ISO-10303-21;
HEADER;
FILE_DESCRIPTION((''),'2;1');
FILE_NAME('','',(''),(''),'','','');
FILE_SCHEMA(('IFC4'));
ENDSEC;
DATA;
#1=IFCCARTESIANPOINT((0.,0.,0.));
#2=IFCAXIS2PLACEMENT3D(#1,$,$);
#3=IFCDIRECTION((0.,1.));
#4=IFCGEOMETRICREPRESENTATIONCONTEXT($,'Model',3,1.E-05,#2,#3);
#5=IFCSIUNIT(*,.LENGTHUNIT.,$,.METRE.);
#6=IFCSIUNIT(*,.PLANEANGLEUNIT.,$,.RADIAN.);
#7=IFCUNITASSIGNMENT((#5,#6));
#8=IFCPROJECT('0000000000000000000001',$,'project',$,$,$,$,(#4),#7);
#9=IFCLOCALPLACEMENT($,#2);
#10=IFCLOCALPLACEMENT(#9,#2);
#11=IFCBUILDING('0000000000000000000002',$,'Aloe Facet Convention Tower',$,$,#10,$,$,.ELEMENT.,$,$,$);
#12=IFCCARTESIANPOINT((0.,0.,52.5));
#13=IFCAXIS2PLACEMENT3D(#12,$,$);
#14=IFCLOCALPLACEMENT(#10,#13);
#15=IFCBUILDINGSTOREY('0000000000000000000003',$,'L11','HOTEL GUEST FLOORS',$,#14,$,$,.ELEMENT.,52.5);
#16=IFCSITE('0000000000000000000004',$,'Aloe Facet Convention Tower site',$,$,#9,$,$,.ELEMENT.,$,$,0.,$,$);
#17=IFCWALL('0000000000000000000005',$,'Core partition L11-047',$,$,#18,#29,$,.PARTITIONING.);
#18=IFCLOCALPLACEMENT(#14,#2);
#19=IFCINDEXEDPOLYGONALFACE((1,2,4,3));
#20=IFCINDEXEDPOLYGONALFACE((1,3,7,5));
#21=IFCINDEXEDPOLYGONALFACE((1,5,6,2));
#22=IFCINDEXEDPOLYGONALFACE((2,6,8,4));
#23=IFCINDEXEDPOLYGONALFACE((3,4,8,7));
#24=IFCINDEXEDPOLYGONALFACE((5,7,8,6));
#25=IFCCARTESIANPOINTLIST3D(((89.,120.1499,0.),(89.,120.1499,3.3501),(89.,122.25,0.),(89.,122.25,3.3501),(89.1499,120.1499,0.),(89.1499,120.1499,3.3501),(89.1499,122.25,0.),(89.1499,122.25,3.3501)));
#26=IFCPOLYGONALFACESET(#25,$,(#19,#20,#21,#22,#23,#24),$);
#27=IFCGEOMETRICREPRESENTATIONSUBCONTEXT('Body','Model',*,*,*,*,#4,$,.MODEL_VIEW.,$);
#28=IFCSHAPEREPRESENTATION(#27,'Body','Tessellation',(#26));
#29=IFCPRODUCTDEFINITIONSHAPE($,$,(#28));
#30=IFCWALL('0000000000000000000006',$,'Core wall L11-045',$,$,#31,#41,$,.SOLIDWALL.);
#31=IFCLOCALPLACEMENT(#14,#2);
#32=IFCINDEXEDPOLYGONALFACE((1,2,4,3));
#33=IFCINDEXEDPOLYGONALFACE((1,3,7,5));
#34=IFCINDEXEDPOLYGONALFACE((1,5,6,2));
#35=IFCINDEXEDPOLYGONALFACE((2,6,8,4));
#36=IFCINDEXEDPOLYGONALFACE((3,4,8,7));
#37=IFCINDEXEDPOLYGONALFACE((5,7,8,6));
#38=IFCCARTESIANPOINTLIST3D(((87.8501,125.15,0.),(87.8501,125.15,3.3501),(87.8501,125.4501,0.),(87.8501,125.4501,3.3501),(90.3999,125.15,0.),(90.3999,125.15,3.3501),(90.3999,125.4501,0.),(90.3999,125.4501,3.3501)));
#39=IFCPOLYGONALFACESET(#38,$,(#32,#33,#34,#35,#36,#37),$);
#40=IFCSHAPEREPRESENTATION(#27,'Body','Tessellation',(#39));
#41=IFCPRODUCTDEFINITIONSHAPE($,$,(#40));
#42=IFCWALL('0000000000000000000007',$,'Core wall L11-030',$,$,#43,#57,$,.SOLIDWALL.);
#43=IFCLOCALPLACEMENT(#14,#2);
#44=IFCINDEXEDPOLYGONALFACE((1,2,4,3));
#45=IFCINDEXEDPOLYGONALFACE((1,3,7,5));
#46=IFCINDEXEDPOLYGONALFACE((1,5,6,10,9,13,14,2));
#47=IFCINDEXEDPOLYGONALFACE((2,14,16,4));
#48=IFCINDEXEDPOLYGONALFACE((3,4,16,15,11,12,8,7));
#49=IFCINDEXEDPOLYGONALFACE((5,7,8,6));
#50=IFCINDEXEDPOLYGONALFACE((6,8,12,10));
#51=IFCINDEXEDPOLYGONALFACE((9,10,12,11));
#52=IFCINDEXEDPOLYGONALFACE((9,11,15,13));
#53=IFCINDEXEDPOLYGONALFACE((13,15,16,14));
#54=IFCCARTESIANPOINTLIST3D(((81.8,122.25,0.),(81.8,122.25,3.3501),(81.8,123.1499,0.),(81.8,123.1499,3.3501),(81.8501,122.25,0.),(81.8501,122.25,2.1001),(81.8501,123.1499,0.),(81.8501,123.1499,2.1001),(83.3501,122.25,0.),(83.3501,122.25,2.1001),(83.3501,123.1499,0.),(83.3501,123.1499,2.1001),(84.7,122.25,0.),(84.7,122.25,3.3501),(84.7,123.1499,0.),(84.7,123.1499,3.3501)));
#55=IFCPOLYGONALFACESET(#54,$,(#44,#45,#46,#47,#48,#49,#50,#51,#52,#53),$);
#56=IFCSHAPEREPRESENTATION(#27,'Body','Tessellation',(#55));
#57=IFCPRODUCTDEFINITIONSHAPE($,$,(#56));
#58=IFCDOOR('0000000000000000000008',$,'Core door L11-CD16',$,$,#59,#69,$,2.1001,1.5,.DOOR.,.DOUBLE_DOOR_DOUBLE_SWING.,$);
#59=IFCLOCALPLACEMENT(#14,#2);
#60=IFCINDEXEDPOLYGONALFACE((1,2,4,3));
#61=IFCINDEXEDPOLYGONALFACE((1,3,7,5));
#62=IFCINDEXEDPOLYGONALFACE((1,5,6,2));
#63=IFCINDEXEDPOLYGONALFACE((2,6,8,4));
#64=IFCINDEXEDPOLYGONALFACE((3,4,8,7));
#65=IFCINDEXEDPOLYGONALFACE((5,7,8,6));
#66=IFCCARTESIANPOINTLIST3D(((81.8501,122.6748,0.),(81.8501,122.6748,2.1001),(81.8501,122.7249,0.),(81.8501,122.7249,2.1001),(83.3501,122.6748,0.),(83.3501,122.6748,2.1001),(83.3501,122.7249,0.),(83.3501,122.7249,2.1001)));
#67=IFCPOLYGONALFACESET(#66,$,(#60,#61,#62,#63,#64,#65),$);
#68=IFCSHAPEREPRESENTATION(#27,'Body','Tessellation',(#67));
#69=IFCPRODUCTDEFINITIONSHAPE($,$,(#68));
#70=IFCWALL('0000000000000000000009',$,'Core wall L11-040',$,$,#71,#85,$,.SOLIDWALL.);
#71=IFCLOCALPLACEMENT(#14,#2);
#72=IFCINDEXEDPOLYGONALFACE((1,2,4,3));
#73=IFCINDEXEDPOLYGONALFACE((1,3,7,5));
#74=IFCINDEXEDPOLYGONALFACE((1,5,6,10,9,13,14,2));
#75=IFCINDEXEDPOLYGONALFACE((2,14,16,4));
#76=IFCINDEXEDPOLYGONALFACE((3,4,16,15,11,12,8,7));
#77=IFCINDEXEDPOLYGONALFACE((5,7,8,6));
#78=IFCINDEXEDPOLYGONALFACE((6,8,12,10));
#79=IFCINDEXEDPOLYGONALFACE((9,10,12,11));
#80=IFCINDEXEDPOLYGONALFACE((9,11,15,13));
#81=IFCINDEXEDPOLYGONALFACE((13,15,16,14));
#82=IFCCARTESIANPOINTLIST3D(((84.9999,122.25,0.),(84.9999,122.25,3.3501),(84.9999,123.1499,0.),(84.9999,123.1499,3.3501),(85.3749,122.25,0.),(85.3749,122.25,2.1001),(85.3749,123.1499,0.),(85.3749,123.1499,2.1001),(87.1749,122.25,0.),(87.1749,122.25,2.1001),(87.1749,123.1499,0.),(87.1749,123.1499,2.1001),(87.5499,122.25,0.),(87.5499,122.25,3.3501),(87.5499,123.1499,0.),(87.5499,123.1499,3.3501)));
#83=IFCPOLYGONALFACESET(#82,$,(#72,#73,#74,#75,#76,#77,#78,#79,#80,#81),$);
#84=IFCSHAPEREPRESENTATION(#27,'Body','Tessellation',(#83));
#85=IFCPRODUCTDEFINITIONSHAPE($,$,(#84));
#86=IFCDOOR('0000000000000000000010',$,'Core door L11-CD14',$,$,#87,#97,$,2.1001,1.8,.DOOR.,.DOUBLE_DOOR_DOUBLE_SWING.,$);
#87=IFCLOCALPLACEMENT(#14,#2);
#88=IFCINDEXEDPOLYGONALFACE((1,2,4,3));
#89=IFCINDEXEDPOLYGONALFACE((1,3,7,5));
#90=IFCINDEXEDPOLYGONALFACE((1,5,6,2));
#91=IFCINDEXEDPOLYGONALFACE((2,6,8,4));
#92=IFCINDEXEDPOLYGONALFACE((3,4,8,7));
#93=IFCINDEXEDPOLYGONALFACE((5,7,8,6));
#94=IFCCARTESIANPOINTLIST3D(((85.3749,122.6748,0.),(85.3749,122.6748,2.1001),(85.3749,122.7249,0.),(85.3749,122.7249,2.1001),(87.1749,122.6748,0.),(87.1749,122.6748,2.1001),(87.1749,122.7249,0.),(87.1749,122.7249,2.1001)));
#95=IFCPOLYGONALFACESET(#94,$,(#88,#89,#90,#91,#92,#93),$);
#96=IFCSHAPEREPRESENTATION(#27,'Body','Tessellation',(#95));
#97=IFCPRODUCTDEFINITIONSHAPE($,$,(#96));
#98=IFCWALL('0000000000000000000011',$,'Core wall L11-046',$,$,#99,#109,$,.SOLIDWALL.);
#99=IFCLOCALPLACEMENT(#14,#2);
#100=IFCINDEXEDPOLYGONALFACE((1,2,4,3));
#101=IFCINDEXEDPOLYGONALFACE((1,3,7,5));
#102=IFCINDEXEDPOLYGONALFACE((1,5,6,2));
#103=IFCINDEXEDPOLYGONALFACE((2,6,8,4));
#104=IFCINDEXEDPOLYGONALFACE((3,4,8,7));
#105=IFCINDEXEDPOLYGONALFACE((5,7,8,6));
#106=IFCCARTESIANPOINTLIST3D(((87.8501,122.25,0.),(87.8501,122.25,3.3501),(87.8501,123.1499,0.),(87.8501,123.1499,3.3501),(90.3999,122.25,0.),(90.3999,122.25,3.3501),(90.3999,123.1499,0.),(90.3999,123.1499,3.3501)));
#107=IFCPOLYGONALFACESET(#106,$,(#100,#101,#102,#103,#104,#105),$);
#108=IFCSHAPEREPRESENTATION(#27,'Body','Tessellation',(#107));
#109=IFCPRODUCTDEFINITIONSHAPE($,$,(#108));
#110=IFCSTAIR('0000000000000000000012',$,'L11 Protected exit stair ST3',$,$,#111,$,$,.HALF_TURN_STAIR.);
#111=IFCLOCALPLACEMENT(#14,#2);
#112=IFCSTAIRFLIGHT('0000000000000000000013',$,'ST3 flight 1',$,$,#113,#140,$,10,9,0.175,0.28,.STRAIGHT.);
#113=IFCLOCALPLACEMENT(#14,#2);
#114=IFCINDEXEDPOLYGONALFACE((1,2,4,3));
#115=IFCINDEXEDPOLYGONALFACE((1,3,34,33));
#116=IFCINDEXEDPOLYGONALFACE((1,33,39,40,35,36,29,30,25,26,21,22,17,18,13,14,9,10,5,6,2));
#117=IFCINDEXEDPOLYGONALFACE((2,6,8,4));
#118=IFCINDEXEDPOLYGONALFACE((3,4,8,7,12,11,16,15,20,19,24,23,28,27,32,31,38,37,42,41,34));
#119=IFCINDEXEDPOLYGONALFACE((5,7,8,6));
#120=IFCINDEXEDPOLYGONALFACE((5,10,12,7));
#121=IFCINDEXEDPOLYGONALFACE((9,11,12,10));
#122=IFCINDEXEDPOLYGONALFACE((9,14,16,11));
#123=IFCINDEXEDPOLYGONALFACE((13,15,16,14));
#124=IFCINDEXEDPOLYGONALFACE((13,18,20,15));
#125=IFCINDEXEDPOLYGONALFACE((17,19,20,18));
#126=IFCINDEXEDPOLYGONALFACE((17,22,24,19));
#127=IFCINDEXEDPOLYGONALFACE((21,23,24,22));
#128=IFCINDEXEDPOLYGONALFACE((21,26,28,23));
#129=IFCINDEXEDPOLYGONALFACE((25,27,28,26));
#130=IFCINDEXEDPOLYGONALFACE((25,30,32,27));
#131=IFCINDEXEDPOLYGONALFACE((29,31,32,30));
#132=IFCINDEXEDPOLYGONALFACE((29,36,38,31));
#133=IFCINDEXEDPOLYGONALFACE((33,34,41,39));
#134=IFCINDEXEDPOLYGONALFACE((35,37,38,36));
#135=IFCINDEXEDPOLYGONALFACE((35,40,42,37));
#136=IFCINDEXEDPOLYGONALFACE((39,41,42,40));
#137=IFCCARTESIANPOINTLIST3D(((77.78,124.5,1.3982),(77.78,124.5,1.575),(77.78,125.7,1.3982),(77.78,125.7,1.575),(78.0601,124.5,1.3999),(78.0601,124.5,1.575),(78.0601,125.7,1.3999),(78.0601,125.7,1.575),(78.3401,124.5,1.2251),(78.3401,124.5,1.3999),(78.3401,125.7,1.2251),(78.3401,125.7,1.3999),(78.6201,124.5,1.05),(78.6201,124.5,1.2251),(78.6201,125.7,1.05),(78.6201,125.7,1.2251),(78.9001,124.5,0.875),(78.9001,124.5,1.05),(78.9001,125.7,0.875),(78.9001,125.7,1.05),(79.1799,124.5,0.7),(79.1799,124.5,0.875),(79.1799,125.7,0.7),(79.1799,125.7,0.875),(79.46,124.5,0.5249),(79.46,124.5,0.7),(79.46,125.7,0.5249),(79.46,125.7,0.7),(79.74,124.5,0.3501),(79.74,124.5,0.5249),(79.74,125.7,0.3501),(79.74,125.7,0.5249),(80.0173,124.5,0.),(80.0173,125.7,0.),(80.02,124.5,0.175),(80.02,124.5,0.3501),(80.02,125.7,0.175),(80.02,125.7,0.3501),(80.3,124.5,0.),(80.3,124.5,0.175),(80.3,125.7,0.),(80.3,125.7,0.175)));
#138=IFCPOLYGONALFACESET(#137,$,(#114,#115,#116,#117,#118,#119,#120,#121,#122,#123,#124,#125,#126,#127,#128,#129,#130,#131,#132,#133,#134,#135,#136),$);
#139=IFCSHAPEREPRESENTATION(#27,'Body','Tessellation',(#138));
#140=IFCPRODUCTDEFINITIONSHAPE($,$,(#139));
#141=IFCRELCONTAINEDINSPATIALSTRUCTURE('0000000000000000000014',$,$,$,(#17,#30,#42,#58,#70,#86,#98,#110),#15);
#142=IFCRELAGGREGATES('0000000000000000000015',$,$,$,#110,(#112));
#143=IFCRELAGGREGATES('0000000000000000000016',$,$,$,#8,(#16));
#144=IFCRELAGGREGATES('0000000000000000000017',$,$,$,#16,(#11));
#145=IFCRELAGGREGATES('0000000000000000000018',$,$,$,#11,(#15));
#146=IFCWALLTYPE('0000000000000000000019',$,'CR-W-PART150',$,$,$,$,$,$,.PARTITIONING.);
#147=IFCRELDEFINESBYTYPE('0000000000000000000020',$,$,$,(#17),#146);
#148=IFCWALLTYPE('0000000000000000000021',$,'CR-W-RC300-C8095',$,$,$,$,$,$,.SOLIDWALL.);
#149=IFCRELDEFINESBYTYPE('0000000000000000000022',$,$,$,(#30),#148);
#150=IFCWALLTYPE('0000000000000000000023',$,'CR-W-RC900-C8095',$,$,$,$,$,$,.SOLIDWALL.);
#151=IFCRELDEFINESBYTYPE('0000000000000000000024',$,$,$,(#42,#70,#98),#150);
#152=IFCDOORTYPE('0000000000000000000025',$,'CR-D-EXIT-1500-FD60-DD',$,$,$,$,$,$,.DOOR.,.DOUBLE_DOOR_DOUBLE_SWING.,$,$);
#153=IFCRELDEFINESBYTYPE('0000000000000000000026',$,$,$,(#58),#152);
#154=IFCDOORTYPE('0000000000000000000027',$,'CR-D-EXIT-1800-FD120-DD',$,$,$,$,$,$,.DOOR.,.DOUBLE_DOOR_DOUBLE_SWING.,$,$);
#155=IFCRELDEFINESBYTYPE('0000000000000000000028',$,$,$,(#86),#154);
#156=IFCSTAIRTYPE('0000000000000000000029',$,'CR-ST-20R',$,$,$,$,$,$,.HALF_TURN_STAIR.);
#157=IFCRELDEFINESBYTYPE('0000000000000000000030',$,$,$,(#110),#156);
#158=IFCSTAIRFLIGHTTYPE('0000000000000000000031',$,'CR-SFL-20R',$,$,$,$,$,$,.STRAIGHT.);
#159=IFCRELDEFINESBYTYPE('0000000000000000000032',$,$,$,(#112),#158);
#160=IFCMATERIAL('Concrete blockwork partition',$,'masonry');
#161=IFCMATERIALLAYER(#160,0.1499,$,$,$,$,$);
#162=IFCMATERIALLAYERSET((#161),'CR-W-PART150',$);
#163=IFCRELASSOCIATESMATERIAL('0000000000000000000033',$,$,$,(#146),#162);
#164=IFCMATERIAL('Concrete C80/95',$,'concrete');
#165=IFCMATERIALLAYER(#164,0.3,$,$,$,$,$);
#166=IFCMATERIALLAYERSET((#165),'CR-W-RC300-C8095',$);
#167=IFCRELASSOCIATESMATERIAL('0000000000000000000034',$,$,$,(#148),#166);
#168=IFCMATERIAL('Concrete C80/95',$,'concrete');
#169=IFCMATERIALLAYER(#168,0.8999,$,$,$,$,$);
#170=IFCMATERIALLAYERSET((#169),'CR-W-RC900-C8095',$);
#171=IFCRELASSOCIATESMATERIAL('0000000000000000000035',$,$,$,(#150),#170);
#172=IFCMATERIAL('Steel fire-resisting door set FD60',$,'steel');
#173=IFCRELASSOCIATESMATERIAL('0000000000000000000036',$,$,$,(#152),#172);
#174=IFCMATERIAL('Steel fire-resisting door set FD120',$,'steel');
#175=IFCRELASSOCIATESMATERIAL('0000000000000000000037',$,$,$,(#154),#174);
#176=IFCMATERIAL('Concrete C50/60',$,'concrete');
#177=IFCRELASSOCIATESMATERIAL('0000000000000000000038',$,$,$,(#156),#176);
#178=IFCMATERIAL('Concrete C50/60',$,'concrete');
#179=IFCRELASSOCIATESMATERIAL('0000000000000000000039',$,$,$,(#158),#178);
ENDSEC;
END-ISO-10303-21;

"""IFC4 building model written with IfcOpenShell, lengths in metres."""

from ifc_helpers import new_model, si_unit, direction, frame, frame_2d, origin, place, context, subcontext, project, spatial, polyline, rectangle, outline, extrude, material, layer, layer_set, type_object, element, fill, aggregate, save


model = new_model("IFC4")

# Units and contexts
model_context = context("Model", 3, precision=1e-05, world=origin(), true_north=direction((0.0, 1.0)))
body_context = subcontext(model_context, "Body", "Model", "MODEL_VIEW")
ifc_project = project(units=[si_unit("LENGTHUNIT", "METRE"), si_unit("PLANEANGLEUNIT", "RADIAN")], contexts=[model_context])

# Site, building, storey
site_placement = place(None, origin())
site = spatial("IfcSite", under=ifc_project, at=site_placement, Name="Aloe Facet Convention Tower site", CompositionType="ELEMENT", RefElevation=0.0)
building_placement = place(site_placement, origin())
building = spatial("IfcBuilding", under=site, at=building_placement, Name="Aloe Facet Convention Tower", CompositionType="ELEMENT")
storey_placement = place(building_placement, frame((0.0, 0.0, 52.5)))
storey = spatial("IfcBuildingStorey", under=building, at=storey_placement, Name="L11", Description="HOTEL GUEST FLOORS", CompositionType="ELEMENT", Elevation=52.5)

# Shared definitions
ifc_material_1 = material(Name="Concrete blockwork partition", Category="masonry")
ifc_layer_1 = layer(ifc_material_1, 0.1499)
ifc_layer_set_1 = layer_set([ifc_layer_1], Name="CR-W-PART150")
wall_type_1 = type_object("IfcWallType", Name="CR-W-PART150", PredefinedType="PARTITIONING", material=ifc_layer_set_1)

# Walls
for number, where, z_axis, x_axis, name in (
    (1, (89.075, 122.25, 0.0), (0.0, 0.0, 1.0), (0.0, -1.0, 0.0), "Core partition L11-047"),
):
    element("IfcWall", number, at=place(storey_placement, frame(where, z_axis=z_axis, x_axis=x_axis)), inside=storey, type_object=wall_type_1, Name=name, PredefinedType="PARTITIONING", context=body_context, shape_type="SweptSolid", body=[
        extrude(rectangle(XDim=2.1001, YDim=0.1499, at=frame_2d((1.05, 0.0))), origin(), (0.0, 0.0, 1.0), 3.3501),
    ])
ifc_material_2 = material(Name="Concrete C80/95", Category="concrete")
ifc_layer_2 = layer(ifc_material_2, 0.3)
ifc_layer_set_2 = layer_set([ifc_layer_2], Name="CR-W-RC300-C8095")
wall_type_2 = type_object("IfcWallType", Name="CR-W-RC300-C8095", PredefinedType="SOLIDWALL", material=ifc_layer_set_2)
wall_1_placement = place(storey_placement, frame((87.8501, 125.3, 0.0), z_axis=(0.0, 0.0, 1.0), x_axis=(1.0, 0.0, 0.0)))
element("IfcWall", 2, at=wall_1_placement, inside=storey, type_object=wall_type_2, Name="Core wall L11-045", PredefinedType="SOLIDWALL", context=body_context, shape_type="SweptSolid", body=[
    extrude(rectangle(XDim=2.5498, YDim=0.3, at=frame_2d((1.2749, 0.0))), origin(), (0.0, 0.0, 1.0), 3.3501),
])

# Walls, openings, doors
ifc_material_3 = material(Name="Concrete C80/95", Category="concrete")
ifc_layer_3 = layer(ifc_material_3, 0.8999)
ifc_layer_set_3 = layer_set([ifc_layer_3], Name="CR-W-RC900-C8095")
wall_type_3 = type_object("IfcWallType", Name="CR-W-RC900-C8095", PredefinedType="SOLIDWALL", material=ifc_layer_set_3)
wall_2_placement = place(storey_placement, frame((81.8, 122.7, 0.0), z_axis=(0.0, 0.0, 1.0), x_axis=(1.0, 0.0, 0.0)))
wall_2 = element("IfcWall", 3, at=wall_2_placement, inside=storey, type_object=wall_type_3, Name="Core wall L11-030", PredefinedType="SOLIDWALL", context=body_context, shape_type="SweptSolid", body=[
    extrude(rectangle(XDim=2.8999, YDim=0.8999, at=frame_2d((1.45, 0.0))), origin(), (0.0, 0.0, 1.0), 3.3501),
])
opening_1_placement = place(wall_2_placement, frame((0.05, 0.0, 0.0)))
opening_1 = element("IfcOpeningElement", 4, at=opening_1_placement, cuts=wall_2, PredefinedType="OPENING", context=body_context, shape_type="SweptSolid", body=[
    extrude(rectangle(XDim=1.5, YDim=2.1001, at=frame_2d((0.75, 1.05))), frame((0.0, 0.46, 0.0), z_axis=(0.0, -1.0, 0.0), x_axis=(1.0, 0.0, 0.0)), (0.0, 0.0, 1.0), 0.9199),
])
ifc_material_4 = material(Name="Steel fire-resisting door set FD60", Category="steel")
door_type_1 = type_object("IfcDoorType", Name="CR-D-EXIT-1500-FD60-DD", OperationType="DOUBLE_DOOR_DOUBLE_SWING", PredefinedType="DOOR", material=ifc_material_4)
door_1_placement = place(opening_1_placement, origin())
door_1 = element("IfcDoor", 5, at=door_1_placement, inside=storey, type_object=door_type_1, Name="Core door L11-CD16", OperationType="DOUBLE_DOOR_DOUBLE_SWING", OverallHeight=2.1001, OverallWidth=1.5, PredefinedType="DOOR", context=body_context, shape_type="SweptSolid", body=[
    extrude(rectangle(XDim=1.5, YDim=2.1001, at=frame_2d((0.75, 1.05))), frame((0.0, 0.0249, 0.0), z_axis=(0.0, -1.0, 0.0), x_axis=(1.0, 0.0, 0.0)), (0.0, 0.0, 1.0), 0.05),
])
fill(opening_1, door_1)
wall_3_placement = place(storey_placement, frame((85.0, 122.7, 0.0), z_axis=(0.0, 0.0, 1.0), x_axis=(1.0, 0.0, 0.0)))
wall_3 = element("IfcWall", 6, at=wall_3_placement, inside=storey, type_object=wall_type_3, Name="Core wall L11-040", PredefinedType="SOLIDWALL", context=body_context, shape_type="SweptSolid", body=[
    extrude(rectangle(XDim=2.55, YDim=0.8999, at=frame_2d((1.2749, 0.0))), origin(), (0.0, 0.0, 1.0), 3.3501),
])
opening_2_placement = place(wall_3_placement, frame((0.375, 0.0, 0.0)))
opening_2 = element("IfcOpeningElement", 7, at=opening_2_placement, cuts=wall_3, PredefinedType="OPENING", context=body_context, shape_type="SweptSolid", body=[
    extrude(rectangle(XDim=1.8, YDim=2.1001, at=frame_2d((0.8999, 1.05))), frame((0.0, 0.46, 0.0), z_axis=(0.0, -1.0, 0.0), x_axis=(1.0, 0.0, 0.0)), (0.0, 0.0, 1.0), 0.9199),
])
ifc_material_5 = material(Name="Steel fire-resisting door set FD120", Category="steel")
door_type_2 = type_object("IfcDoorType", Name="CR-D-EXIT-1800-FD120-DD", OperationType="DOUBLE_DOOR_DOUBLE_SWING", PredefinedType="DOOR", material=ifc_material_5)
door_2_placement = place(opening_2_placement, origin())
door_2 = element("IfcDoor", 8, at=door_2_placement, inside=storey, type_object=door_type_2, Name="Core door L11-CD14", OperationType="DOUBLE_DOOR_DOUBLE_SWING", OverallHeight=2.1001, OverallWidth=1.8, PredefinedType="DOOR", context=body_context, shape_type="SweptSolid", body=[
    extrude(rectangle(XDim=1.8, YDim=2.1001, at=frame_2d((0.8999, 1.05))), frame((0.0, 0.0249, 0.0), z_axis=(0.0, -1.0, 0.0), x_axis=(1.0, 0.0, 0.0)), (0.0, 0.0, 1.0), 0.05),
])
fill(opening_2, door_2)

# Wall
wall_4_placement = place(storey_placement, frame((87.8501, 122.7, 0.0), z_axis=(0.0, 0.0, 1.0), x_axis=(1.0, 0.0, 0.0)))
element("IfcWall", 9, at=wall_4_placement, inside=storey, type_object=wall_type_3, Name="Core wall L11-046", PredefinedType="SOLIDWALL", context=body_context, shape_type="SweptSolid", body=[
    extrude(rectangle(XDim=2.5498, YDim=0.8999, at=frame_2d((1.2749, 0.0))), origin(), (0.0, 0.0, 1.0), 3.3501),
])

# Stair, stair flight
ifc_material_6 = material(Name="Concrete C50/60", Category="concrete")
stair_type = type_object("IfcStairType", Name="CR-ST-20R", PredefinedType="HALF_TURN_STAIR", material=ifc_material_6)
stair_placement = place(storey_placement, origin())
stair = element("IfcStair", 10, at=stair_placement, inside=storey, type_object=stair_type, Name="L11 Protected exit stair ST3", PredefinedType="HALF_TURN_STAIR")
ifc_material_7 = material(Name="Concrete C50/60", Category="concrete")
stair_flight_type = type_object("IfcStairFlightType", Name="CR-SFL-20R", PredefinedType="STRAIGHT", material=ifc_material_7)
stair_flight_placement = place(storey_placement, frame((80.3, 125.1001, 0.0), z_axis=(0.0, 0.0, 1.0), x_axis=(-1.0, 0.0, 0.0)))
stair_flight = element("IfcStairFlight", 11, at=stair_flight_placement, type_object=stair_flight_type, Name="ST3 flight 1", NumberOfRisers=10, NumberOfTreads=9, PredefinedType="STRAIGHT", RiserHeight=0.175, TreadLength=0.28, context=body_context, shape_type="SweptSolid", body=[
    extrude(outline(polyline([(0.0, 0.0), (0.0, 0.175), (0.28, 0.175), (0.28, 0.3501), (0.5601, 0.3501), (0.5601, 0.5249), (0.8401, 0.5249), (0.8401, 0.7), (1.1201, 0.7), (1.1201, 0.875), (1.3999, 0.875), (1.3999, 1.05), (1.6799, 1.05), (1.6799, 1.2251), (1.96, 1.2251), (1.96, 1.3999), (2.24, 1.3999), (2.24, 1.575), (2.52, 1.575), (2.52, 1.75), (2.52, 1.3982), (0.2827, 0.0), (0.0, 0.0)])), frame((0.0, 0.6001, 0.0), z_axis=(0.0, -1.0, 0.0), x_axis=(1.0, 0.0, 0.0)), (0.0, 0.0, 1.0), 1.2),
])
aggregate(stair, [stair_flight])

save(model, "model.ifc")
